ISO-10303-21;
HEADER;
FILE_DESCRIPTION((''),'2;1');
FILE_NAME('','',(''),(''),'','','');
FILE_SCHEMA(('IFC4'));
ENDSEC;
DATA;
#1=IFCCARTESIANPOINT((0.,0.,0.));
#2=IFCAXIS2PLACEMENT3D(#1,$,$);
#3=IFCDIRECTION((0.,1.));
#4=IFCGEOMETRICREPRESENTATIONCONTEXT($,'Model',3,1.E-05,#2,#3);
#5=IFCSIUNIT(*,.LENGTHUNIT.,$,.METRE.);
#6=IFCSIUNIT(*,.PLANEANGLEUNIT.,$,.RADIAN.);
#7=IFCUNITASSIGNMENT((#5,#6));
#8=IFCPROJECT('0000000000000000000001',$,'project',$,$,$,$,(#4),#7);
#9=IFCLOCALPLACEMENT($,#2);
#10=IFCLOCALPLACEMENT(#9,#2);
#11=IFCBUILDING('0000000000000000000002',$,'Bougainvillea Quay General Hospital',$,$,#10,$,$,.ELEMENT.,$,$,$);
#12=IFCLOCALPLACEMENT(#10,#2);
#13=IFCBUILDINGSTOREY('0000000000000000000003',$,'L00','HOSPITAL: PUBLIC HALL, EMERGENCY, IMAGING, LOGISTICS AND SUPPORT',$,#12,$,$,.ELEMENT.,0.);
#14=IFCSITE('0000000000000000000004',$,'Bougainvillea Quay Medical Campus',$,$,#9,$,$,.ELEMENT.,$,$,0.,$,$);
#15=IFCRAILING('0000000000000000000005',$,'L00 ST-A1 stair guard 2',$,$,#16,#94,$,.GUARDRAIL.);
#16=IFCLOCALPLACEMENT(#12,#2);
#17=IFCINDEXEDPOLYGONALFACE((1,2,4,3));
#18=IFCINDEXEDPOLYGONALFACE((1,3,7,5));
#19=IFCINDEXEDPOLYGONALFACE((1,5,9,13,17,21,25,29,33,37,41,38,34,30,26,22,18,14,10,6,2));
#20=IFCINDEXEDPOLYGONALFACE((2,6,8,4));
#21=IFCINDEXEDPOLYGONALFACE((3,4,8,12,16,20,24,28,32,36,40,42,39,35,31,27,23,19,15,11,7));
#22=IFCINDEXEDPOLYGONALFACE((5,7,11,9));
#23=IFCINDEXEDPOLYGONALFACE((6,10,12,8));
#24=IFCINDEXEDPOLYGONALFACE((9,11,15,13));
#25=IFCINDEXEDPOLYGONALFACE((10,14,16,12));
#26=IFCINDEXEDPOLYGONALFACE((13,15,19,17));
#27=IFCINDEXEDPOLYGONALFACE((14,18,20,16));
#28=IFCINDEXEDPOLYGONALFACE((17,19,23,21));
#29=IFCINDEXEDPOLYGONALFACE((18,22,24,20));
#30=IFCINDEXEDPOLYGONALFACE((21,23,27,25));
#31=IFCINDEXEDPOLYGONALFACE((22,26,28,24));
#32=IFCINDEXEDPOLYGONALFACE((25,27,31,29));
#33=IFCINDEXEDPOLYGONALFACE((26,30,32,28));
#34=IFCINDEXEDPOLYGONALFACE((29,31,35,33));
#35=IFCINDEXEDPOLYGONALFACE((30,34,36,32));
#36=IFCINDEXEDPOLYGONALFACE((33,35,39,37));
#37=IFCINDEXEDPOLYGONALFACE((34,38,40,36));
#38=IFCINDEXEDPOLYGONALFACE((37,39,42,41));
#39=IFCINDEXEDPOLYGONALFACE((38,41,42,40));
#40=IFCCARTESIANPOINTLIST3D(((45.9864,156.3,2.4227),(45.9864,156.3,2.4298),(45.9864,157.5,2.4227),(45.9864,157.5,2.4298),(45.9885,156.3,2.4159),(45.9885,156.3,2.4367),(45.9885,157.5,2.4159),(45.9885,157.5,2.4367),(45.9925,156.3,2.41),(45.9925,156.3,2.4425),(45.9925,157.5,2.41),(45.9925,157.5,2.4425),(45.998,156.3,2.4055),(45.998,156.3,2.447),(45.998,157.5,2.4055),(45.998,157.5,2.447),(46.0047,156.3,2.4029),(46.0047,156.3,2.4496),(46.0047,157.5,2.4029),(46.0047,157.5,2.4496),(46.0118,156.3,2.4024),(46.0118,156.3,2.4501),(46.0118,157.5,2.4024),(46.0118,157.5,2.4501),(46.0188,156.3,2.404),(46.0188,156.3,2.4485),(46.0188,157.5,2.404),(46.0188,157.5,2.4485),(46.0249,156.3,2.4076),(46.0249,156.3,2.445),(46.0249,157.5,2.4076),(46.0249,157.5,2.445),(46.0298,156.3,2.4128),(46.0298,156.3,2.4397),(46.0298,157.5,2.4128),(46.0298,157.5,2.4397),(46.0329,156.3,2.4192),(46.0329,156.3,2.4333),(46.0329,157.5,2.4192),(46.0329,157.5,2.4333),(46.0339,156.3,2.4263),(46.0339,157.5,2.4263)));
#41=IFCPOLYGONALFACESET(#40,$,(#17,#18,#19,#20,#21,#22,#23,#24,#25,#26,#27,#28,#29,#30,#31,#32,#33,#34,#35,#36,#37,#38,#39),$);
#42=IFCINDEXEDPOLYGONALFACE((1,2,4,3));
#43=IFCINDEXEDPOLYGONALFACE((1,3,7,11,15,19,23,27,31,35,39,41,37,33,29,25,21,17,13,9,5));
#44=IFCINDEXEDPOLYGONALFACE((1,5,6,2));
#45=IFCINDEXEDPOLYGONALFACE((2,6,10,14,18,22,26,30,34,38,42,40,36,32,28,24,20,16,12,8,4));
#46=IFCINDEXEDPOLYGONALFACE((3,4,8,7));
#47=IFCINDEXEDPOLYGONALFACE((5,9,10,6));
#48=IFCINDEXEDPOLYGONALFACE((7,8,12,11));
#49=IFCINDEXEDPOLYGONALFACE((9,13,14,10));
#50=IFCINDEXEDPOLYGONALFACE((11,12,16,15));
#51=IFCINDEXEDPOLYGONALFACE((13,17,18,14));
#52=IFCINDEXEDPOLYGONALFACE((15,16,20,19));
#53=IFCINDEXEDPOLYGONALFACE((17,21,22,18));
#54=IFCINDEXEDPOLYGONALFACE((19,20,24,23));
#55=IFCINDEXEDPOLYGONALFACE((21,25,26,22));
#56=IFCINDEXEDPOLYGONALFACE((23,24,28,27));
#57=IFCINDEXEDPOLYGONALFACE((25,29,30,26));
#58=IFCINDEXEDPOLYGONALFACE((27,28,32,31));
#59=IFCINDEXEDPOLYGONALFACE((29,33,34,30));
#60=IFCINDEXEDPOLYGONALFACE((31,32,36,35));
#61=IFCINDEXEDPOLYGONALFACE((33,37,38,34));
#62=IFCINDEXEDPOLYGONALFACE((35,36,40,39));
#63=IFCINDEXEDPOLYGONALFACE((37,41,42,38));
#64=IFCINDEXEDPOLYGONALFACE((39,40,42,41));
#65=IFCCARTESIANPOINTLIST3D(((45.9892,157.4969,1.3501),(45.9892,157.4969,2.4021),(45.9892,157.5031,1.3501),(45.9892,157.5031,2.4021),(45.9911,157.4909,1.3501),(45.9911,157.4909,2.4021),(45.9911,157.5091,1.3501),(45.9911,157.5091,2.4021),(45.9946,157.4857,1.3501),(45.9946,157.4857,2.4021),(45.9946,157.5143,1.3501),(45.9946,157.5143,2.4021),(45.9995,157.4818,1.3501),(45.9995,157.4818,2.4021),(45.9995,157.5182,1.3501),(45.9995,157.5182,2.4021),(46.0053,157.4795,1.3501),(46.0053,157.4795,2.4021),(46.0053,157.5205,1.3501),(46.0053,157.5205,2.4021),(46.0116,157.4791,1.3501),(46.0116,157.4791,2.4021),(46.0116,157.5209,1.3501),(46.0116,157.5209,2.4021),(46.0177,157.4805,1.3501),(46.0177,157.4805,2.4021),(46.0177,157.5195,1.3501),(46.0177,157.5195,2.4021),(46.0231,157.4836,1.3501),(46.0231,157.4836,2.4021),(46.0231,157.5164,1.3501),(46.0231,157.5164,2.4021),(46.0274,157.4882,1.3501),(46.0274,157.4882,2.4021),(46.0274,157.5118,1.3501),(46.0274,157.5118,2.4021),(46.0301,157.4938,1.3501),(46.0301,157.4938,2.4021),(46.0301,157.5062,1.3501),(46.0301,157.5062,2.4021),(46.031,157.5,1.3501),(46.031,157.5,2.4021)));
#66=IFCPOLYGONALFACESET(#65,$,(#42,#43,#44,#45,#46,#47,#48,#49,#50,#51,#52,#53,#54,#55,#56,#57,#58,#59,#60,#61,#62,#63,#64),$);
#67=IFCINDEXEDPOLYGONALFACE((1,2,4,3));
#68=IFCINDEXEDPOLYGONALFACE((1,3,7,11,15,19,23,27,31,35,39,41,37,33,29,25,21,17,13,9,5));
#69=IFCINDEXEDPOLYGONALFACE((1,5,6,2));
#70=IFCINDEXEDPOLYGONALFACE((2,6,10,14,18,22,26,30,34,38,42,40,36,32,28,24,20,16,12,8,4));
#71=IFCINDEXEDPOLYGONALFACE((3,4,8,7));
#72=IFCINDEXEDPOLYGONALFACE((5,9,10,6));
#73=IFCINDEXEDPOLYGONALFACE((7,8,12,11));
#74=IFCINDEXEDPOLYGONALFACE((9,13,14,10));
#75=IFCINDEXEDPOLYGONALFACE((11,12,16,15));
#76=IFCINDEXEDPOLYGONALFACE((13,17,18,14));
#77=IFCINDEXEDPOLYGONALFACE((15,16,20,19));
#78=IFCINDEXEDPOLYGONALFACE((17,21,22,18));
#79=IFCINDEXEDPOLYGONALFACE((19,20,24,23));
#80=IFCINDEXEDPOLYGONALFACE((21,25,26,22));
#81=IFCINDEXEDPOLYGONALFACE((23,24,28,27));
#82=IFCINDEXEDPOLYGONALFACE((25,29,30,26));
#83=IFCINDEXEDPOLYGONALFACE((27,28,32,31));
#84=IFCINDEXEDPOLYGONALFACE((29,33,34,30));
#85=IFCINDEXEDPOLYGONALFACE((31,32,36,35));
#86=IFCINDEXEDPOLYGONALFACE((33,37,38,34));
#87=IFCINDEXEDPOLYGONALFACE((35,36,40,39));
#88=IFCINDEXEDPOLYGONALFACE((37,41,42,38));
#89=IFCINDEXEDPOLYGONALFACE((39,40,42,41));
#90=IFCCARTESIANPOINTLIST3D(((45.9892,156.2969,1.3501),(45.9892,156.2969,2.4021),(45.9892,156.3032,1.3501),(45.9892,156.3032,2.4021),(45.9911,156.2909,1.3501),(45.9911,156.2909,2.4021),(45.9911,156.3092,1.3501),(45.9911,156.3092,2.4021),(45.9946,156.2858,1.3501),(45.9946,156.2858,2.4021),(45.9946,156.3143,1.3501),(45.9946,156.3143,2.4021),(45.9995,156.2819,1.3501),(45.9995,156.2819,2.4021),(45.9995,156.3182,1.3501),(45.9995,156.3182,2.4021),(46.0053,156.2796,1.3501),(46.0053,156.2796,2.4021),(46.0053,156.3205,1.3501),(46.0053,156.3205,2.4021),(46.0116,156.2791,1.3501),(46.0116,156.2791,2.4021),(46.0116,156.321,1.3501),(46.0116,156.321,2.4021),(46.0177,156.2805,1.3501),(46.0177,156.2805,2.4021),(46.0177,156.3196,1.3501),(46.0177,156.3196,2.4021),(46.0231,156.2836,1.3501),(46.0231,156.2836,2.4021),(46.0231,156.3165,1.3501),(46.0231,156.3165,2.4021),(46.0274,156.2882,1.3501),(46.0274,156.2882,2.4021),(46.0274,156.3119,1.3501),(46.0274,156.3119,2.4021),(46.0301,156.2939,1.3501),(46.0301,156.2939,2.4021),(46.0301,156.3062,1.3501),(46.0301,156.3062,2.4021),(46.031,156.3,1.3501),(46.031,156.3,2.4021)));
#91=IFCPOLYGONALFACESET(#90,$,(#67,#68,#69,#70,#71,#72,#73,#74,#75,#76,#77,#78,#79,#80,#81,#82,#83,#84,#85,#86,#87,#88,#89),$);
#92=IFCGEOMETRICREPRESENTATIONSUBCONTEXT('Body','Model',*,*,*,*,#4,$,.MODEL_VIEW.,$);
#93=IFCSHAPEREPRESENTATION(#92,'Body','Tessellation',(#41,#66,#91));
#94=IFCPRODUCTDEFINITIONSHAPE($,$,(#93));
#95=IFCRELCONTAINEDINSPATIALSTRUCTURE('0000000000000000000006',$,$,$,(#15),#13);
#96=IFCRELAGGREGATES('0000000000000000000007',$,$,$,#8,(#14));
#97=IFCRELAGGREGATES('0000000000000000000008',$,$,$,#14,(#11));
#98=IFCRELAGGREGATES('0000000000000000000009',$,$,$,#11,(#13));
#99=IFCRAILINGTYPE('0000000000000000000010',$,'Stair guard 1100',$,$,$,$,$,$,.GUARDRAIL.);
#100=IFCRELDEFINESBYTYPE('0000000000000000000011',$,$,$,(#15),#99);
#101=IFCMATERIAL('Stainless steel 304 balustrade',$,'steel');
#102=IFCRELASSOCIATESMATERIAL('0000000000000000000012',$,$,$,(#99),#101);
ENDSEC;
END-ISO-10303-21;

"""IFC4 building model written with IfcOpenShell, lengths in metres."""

from ifc_helpers import new_model, si_unit, direction, frame, origin, origin_2d, place, context, subcontext, project, spatial, circle, extrude, material, type_object, element, save


model = new_model("IFC4")

# Units and contexts
model_context = context("Model", 3, precision=1e-05, world=origin(), true_north=direction((0.0, 1.0)))
body_context = subcontext(model_context, "Body", "Model", "MODEL_VIEW")
ifc_project = project(units=[si_unit("LENGTHUNIT", "METRE"), si_unit("PLANEANGLEUNIT", "RADIAN")], contexts=[model_context])

# Site, building, storey
site_placement = place(None, origin())
site = spatial("IfcSite", under=ifc_project, at=site_placement, Name="Bougainvillea Quay Medical Campus", CompositionType="ELEMENT", RefElevation=0.0)
building_placement = place(site_placement, origin())
building = spatial("IfcBuilding", under=site, at=building_placement, Name="Bougainvillea Quay General Hospital", CompositionType="ELEMENT")
storey_placement = place(building_placement, origin())
storey = spatial("IfcBuildingStorey", under=building, at=storey_placement, Name="L00", Description="HOSPITAL: PUBLIC HALL, EMERGENCY, IMAGING, LOGISTICS AND SUPPORT", CompositionType="ELEMENT", Elevation=0.0)

# Railing
ifc_material_1 = material(Name="Stainless steel 304 balustrade", Category="steel")
railing_type_1 = type_object("IfcRailingType", Name="Stair guard 1100", PredefinedType="GUARDRAIL", material=ifc_material_1)
railing_1_placement = place(storey_placement, frame((46.01, 157.5, 1.3501)))
element("IfcRailing", 1, at=railing_1_placement, inside=storey, type_object=railing_type_1, Name="L00 ST-A1 stair guard 2", PredefinedType="GUARDRAIL", context=body_context, shape_type="SweptSolid", body=[
    extrude(circle(Radius=0.0239, at=origin_2d()), frame((0.0, 0.0, 1.0762), z_axis=(0.0, -1.0, 0.0), x_axis=(1.0, 0.0, 0.0)), (0.0, 0.0, 1.0), 1.2),
    extrude(circle(Radius=0.021, at=origin_2d()), origin(), (0.0, 0.0, 1.0), 1.052),
    extrude(circle(Radius=0.021, at=origin_2d()), frame((0.0, -1.2, 0.0)), (0.0, 0.0, 1.0), 1.052),
])

save(model, "model.ifc")
